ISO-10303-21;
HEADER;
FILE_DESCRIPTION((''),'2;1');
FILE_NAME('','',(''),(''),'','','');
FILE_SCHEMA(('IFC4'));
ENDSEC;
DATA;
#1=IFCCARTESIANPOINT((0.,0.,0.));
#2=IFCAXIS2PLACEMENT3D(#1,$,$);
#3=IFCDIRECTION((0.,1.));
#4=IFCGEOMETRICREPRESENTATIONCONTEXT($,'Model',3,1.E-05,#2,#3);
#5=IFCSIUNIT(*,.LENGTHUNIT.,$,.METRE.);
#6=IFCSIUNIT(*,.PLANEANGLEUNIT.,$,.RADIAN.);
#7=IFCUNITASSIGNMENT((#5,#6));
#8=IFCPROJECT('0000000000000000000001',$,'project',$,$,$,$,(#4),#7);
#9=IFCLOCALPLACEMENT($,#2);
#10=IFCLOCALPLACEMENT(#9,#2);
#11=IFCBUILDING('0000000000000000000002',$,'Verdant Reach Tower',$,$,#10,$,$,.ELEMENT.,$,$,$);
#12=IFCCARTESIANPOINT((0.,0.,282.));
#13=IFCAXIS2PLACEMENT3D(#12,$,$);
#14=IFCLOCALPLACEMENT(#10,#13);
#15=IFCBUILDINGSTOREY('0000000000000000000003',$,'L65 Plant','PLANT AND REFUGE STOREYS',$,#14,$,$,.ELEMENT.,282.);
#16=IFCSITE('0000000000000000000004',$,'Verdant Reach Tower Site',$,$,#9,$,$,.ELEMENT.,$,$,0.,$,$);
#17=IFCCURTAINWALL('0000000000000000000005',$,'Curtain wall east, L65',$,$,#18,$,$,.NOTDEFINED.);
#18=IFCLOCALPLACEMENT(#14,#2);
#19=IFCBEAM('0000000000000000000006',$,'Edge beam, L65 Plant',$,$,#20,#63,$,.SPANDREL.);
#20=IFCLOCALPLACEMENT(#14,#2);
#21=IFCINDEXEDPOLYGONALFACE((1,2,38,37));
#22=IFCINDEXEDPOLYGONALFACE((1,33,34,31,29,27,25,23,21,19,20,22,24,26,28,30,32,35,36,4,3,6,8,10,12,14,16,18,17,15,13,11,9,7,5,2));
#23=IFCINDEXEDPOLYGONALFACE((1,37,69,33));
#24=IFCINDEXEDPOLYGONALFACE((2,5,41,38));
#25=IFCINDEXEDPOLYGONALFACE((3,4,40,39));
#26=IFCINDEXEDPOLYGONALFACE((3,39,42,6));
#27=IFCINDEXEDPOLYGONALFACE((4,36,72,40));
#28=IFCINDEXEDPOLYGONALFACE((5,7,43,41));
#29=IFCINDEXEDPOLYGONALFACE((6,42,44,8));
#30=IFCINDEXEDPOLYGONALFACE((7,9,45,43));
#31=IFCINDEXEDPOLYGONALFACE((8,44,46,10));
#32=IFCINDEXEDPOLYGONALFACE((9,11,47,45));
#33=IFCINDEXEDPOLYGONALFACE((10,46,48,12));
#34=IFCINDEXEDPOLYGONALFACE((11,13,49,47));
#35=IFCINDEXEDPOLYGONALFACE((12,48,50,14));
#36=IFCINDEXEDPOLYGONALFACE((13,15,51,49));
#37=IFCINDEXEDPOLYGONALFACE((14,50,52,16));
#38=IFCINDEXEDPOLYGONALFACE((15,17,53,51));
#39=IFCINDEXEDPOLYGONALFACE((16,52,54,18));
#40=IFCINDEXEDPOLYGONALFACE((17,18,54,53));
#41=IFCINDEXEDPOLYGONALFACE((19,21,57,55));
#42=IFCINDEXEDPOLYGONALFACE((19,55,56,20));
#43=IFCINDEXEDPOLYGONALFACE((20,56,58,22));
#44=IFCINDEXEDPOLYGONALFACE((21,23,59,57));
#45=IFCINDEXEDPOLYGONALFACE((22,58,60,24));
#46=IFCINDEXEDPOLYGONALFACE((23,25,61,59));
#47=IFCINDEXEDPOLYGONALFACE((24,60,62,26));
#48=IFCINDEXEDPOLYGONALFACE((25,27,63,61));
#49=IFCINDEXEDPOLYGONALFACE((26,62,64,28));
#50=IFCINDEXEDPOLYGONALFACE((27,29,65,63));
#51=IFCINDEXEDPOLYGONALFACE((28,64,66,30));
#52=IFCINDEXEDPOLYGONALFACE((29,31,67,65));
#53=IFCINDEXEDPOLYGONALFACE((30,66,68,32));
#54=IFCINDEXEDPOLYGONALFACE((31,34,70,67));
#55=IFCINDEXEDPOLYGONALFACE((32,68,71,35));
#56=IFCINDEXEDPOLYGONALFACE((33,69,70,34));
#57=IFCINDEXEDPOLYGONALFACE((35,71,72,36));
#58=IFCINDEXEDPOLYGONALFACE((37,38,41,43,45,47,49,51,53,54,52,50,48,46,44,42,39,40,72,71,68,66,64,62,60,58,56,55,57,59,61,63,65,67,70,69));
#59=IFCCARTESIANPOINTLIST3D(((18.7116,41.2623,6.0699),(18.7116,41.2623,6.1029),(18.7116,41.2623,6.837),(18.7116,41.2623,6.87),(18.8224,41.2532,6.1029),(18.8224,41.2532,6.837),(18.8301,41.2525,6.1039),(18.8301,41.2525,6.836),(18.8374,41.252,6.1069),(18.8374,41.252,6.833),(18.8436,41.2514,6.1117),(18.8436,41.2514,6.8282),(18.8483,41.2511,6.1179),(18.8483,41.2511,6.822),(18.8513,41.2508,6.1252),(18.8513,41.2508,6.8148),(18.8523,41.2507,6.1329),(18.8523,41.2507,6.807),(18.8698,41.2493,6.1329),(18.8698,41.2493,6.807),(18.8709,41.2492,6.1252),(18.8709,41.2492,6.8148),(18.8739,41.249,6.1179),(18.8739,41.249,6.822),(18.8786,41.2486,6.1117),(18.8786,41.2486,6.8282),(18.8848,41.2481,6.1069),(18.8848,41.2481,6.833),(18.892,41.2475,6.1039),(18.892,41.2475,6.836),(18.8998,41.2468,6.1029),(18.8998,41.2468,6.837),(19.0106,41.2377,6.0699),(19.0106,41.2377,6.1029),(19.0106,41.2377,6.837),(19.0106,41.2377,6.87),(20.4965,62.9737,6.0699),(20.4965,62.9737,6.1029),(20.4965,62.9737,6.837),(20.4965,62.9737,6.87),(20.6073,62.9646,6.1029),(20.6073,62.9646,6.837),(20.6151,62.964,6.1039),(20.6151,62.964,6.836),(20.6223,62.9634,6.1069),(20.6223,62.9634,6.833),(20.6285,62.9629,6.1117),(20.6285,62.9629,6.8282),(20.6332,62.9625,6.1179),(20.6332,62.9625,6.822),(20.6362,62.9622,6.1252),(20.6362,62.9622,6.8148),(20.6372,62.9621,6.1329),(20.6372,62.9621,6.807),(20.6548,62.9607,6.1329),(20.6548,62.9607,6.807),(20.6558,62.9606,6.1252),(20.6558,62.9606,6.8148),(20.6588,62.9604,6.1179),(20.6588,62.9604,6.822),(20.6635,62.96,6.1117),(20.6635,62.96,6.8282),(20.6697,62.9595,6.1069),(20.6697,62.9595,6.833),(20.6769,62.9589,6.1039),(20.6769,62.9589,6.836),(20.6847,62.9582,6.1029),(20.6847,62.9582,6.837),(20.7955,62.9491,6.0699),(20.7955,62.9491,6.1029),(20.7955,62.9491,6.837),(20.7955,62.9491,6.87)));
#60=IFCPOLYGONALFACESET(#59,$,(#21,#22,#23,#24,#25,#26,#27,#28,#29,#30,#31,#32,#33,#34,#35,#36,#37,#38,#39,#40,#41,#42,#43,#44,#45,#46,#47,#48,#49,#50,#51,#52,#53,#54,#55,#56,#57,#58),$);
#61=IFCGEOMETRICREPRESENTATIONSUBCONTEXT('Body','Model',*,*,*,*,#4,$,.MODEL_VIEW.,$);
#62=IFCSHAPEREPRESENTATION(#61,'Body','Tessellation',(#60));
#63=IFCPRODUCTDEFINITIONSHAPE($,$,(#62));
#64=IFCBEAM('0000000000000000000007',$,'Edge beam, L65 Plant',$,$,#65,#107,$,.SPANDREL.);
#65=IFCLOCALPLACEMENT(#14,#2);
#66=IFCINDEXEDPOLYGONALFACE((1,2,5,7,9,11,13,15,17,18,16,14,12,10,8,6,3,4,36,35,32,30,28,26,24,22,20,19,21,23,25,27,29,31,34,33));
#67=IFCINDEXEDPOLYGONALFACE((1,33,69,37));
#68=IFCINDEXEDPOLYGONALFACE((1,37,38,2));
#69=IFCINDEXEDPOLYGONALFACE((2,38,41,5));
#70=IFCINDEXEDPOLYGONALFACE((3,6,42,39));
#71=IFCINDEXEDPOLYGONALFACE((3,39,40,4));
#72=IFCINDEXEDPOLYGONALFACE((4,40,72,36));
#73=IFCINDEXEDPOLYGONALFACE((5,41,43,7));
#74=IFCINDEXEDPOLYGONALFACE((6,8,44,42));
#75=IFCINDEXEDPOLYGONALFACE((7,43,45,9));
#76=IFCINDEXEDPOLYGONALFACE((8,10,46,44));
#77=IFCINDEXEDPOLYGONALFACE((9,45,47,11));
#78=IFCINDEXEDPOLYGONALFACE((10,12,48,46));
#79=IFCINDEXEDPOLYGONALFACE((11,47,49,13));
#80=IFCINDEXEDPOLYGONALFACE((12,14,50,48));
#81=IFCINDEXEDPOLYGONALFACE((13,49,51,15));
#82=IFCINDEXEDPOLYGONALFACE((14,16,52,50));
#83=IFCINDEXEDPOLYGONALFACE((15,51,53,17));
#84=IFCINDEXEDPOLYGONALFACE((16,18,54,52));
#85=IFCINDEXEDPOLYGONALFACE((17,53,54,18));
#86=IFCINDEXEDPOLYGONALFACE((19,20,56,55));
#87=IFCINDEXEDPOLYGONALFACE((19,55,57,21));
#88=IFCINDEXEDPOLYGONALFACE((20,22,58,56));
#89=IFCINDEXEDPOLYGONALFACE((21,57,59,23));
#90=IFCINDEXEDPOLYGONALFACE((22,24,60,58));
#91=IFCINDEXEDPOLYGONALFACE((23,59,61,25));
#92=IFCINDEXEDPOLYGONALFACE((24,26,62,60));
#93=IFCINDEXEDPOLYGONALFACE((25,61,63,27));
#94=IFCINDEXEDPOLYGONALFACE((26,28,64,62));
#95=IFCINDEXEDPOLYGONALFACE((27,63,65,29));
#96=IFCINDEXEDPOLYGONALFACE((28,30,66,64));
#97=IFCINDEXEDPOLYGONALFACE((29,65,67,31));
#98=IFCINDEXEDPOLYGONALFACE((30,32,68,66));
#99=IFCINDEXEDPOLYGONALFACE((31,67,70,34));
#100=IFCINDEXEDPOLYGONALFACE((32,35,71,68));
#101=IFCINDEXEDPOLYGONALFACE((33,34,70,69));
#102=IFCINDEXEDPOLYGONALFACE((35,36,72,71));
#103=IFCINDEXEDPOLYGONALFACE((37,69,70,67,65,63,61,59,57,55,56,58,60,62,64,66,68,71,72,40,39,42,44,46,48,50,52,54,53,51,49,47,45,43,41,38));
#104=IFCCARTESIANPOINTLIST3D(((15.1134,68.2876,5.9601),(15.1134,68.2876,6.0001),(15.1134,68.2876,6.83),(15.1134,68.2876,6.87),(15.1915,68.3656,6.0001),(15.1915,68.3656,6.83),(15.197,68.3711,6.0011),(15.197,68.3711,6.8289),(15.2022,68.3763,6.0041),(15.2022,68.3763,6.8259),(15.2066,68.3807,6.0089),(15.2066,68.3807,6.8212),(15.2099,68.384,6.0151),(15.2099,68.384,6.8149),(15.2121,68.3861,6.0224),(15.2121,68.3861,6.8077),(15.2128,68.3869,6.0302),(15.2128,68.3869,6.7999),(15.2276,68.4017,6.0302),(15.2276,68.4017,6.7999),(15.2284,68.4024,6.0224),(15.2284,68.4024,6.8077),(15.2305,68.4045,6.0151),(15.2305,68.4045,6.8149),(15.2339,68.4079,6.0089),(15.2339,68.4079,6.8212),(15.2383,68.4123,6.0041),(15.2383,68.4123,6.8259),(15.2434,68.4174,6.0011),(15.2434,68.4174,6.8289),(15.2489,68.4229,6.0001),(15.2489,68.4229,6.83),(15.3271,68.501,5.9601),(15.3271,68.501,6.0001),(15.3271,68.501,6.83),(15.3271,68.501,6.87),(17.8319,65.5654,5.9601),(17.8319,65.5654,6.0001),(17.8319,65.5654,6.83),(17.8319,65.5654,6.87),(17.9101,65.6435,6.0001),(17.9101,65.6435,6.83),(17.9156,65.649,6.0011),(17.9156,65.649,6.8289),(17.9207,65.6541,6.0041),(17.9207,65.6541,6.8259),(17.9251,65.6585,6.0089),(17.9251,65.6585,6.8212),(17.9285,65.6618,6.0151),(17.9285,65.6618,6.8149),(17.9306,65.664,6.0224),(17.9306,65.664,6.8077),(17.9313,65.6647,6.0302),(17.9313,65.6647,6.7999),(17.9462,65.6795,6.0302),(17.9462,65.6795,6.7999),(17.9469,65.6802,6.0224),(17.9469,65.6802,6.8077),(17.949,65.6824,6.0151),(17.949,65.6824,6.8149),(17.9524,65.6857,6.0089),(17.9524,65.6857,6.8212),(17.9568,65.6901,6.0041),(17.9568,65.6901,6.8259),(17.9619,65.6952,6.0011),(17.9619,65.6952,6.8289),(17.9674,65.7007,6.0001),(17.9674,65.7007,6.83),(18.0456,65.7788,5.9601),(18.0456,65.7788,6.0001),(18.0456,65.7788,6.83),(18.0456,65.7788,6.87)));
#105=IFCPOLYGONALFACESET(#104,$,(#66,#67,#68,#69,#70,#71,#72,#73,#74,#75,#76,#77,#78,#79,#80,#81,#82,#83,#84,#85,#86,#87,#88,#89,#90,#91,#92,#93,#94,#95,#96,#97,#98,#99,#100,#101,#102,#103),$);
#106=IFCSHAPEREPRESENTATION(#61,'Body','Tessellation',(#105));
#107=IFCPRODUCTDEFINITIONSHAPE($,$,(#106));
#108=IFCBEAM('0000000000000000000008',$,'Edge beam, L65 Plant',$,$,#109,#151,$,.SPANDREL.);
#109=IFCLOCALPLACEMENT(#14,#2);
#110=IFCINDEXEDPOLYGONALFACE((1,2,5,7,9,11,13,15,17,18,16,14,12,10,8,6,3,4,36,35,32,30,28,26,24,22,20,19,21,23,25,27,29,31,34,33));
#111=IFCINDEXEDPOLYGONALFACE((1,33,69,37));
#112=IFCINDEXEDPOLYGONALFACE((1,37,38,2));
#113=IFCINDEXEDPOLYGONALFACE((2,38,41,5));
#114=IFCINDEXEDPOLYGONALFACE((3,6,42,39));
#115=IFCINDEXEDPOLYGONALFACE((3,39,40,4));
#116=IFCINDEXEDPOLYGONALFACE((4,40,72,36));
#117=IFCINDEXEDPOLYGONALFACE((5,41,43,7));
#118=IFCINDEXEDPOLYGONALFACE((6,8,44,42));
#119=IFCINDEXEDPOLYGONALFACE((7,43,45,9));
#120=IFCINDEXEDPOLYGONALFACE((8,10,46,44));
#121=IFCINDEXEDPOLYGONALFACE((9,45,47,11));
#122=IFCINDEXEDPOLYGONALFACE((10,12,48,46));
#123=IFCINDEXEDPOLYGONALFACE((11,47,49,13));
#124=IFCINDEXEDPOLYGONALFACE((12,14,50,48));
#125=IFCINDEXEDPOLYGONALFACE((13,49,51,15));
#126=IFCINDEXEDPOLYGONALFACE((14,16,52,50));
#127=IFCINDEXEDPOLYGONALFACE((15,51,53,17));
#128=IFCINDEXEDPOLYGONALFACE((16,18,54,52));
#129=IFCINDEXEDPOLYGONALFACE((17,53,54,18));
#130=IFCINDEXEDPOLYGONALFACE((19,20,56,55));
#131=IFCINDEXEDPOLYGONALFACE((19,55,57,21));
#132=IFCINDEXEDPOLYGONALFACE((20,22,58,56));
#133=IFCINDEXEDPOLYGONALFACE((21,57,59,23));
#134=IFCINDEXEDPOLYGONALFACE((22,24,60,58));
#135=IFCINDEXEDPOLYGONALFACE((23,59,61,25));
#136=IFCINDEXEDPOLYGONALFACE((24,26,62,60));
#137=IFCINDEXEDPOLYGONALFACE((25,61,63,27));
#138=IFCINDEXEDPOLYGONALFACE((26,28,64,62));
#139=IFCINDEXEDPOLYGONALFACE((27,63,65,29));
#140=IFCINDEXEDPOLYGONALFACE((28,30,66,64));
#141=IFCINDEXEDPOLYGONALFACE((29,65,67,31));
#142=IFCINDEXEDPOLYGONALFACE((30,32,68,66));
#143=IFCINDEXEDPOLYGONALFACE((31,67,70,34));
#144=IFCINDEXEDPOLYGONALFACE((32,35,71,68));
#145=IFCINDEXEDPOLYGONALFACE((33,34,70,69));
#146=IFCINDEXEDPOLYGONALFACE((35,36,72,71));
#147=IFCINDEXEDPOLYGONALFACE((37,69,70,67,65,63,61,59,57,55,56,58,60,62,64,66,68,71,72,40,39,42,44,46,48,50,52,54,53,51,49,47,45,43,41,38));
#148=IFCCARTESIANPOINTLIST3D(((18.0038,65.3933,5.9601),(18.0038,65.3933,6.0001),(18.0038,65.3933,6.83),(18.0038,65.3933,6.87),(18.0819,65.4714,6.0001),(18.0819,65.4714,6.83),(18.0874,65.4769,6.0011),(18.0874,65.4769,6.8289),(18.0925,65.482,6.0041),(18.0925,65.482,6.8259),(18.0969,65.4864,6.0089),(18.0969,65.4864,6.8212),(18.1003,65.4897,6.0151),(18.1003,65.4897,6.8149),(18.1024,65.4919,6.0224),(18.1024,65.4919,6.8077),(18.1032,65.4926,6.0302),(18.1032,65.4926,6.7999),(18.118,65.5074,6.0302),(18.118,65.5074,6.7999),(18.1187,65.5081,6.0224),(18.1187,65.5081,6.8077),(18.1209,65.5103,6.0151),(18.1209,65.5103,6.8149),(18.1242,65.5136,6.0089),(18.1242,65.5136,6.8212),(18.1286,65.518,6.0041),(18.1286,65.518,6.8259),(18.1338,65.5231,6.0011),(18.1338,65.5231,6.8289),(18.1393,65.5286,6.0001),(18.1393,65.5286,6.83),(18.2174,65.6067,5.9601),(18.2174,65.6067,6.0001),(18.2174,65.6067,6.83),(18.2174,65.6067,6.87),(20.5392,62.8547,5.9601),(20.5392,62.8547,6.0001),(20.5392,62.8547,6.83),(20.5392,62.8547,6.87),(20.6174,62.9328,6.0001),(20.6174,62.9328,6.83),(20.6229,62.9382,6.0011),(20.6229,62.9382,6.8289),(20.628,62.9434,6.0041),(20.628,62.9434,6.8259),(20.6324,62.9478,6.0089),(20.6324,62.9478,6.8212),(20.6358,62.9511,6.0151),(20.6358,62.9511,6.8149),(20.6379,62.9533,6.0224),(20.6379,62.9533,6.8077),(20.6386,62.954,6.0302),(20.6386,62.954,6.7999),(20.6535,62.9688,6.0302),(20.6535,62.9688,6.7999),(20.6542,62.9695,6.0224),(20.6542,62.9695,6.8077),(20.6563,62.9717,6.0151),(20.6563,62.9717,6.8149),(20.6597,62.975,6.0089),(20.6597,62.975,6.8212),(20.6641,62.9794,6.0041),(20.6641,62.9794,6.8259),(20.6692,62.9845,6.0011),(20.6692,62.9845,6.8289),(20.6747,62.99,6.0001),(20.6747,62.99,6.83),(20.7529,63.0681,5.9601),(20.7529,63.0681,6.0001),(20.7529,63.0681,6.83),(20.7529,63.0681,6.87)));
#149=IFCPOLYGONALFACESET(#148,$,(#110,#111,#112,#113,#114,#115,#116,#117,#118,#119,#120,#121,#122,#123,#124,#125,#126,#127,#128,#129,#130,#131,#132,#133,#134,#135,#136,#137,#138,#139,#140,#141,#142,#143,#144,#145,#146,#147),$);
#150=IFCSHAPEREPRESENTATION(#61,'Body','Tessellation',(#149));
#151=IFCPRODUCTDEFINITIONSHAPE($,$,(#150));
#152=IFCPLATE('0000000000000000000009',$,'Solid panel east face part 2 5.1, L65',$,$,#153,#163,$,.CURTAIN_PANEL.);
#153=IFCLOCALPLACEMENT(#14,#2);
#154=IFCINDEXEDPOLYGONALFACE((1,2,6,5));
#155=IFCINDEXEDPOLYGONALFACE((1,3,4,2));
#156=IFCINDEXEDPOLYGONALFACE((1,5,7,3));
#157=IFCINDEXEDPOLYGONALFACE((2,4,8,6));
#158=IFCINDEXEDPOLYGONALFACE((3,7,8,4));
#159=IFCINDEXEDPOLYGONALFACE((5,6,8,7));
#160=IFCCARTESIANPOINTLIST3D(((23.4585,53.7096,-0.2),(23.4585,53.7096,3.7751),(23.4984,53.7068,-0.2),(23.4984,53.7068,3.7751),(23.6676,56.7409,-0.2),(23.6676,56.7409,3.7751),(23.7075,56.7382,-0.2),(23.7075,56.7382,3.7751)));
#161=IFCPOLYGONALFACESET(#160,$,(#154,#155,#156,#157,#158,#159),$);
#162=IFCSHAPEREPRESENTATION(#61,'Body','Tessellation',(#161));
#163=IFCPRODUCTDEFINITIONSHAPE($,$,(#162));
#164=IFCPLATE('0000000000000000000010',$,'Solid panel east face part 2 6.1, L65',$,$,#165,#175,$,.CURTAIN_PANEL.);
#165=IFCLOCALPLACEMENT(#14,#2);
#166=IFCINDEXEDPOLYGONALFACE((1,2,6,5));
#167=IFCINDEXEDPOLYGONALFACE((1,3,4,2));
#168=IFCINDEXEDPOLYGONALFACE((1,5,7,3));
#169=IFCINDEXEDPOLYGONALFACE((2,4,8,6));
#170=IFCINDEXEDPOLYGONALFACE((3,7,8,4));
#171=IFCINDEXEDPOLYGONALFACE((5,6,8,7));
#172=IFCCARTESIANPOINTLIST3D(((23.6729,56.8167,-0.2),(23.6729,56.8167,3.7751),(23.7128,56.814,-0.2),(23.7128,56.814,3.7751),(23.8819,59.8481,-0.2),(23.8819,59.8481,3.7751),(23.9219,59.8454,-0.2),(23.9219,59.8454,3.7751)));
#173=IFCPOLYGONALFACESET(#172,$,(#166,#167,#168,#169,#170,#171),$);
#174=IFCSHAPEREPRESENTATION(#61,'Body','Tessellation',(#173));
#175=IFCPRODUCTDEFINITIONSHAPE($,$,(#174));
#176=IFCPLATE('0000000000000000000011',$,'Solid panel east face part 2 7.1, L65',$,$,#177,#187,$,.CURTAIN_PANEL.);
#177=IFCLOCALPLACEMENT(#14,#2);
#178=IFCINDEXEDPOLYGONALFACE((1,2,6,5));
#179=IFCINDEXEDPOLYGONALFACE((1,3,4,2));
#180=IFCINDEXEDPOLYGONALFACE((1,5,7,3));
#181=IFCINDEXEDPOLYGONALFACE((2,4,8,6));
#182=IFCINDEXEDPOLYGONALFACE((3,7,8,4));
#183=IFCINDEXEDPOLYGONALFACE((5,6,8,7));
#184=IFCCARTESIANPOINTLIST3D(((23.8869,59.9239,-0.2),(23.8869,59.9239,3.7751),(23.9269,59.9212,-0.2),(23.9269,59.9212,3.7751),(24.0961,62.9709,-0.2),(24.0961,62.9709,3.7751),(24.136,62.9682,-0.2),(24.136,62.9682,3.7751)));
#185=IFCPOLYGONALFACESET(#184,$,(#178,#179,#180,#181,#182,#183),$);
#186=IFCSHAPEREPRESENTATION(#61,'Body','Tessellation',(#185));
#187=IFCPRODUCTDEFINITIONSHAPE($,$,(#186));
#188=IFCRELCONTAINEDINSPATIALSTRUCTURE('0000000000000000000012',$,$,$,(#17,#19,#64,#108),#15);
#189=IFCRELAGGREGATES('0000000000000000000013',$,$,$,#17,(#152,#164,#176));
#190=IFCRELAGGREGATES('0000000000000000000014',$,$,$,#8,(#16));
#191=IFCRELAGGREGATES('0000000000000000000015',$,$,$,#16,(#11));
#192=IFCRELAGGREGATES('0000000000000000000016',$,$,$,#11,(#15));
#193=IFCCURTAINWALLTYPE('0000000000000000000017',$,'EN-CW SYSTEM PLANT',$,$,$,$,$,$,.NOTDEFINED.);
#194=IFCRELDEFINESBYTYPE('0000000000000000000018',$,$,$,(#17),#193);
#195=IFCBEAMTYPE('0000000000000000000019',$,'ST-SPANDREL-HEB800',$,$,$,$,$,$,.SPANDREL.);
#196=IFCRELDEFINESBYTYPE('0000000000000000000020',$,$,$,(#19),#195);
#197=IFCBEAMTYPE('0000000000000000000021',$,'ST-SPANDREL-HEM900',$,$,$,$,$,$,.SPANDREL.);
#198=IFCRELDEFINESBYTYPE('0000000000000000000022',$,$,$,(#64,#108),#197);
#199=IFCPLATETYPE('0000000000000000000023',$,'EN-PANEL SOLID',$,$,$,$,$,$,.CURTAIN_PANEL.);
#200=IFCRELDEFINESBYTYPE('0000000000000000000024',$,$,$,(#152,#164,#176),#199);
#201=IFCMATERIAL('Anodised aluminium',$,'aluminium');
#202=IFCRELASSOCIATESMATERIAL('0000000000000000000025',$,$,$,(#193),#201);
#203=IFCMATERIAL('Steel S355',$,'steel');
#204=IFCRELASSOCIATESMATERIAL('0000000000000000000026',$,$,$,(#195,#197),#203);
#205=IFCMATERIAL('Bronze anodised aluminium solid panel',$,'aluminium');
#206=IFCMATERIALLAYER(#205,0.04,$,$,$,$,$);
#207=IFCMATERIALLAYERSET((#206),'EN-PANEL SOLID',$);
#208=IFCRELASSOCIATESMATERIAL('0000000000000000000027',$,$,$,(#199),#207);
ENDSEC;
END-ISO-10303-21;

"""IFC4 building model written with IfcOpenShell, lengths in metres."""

from ifc_helpers import new_model, si_unit, direction, frame, origin, origin_2d, place, context, subcontext, project, spatial, rectangle, i_section, extrude, material, layer, layer_set, material_profile, profile_set, type_object, element, aggregate, save


model = new_model("IFC4")

# Units and contexts
model_context = context("Model", 3, precision=1e-05, world=origin(), true_north=direction((0.0, 1.0)))
body_context = subcontext(model_context, "Body", "Model", "MODEL_VIEW")
ifc_project = project(units=[si_unit("LENGTHUNIT", "METRE"), si_unit("PLANEANGLEUNIT", "RADIAN")], contexts=[model_context])

# Site, building, storey
site_placement = place(None, origin())
site = spatial("IfcSite", under=ifc_project, at=site_placement, Name="Verdant Reach Tower Site", CompositionType="ELEMENT", RefElevation=0.0)
building_placement = place(site_placement, origin())
building = spatial("IfcBuilding", under=site, at=building_placement, Name="Verdant Reach Tower", CompositionType="ELEMENT")
storey_placement = place(building_placement, frame((0.0, 0.0, 282.0)))
storey = spatial("IfcBuildingStorey", under=building, at=storey_placement, Name="L65 Plant", Description="PLANT AND REFUGE STOREYS", CompositionType="ELEMENT", Elevation=282.0)

# Curtain wall
ifc_material_1 = material(Name="Anodised aluminium", Category="aluminium")
curtain_wall_type = type_object("IfcCurtainWallType", Name="EN-CW SYSTEM PLANT", PredefinedType="NOTDEFINED", material=ifc_material_1)
curtain_wall_1_placement = place(storey_placement, origin())
curtain_wall_1 = element("IfcCurtainWall", 1, at=curtain_wall_1_placement, inside=storey, type_object=curtain_wall_type, Name="Curtain wall east, L65", PredefinedType="NOTDEFINED")

# Beams
ifc_material_2 = material(Name="Steel S355", Category="steel")
ifc_material_profile_1 = material_profile(ifc_material_2, i_section(OverallWidth=0.3, OverallDepth=0.8, WebThickness=0.0176, FlangeThickness=0.033, FilletRadius=0.03, at=origin_2d()), Name="HEB 800")
ifc_profile_set_1 = profile_set([ifc_material_profile_1], Name="Steel S355")
beam_type_1 = type_object("IfcBeamType", Name="ST-SPANDREL-HEB800", PredefinedType="SPANDREL", material=ifc_profile_set_1)
beam_1_placement = place(storey_placement, frame((20.646, 62.9614, 6.47), z_axis=(-0.081934, -0.996638, 0.0), x_axis=(0.996638, -0.081934, 0.0)))
element("IfcBeam", 2, at=beam_1_placement, inside=storey, type_object=beam_type_1, Name="Edge beam, L65 Plant", PredefinedType="SPANDREL", context=body_context, shape_type="SweptSolid", body=[
    extrude(i_section(OverallWidth=0.3, OverallDepth=0.8, WebThickness=0.0176, FlangeThickness=0.033, FilletRadius=0.03, at=origin_2d()), origin(), (0.0, 0.0, 1.0), 21.7847),
])
ifc_material_profile_2 = material_profile(ifc_material_2, i_section(OverallWidth=0.302, OverallDepth=0.9099, WebThickness=0.021, FlangeThickness=0.04, FilletRadius=0.03, at=origin_2d()), Name="HEM 900")
ifc_profile_set_2 = profile_set([ifc_material_profile_2], Name="Steel S355")
beam_type_2 = type_object("IfcBeamType", Name="ST-SPANDREL-HEM900", PredefinedType="SPANDREL", material=ifc_profile_set_2)
beam_2_placement = place(storey_placement, frame((15.2202, 68.3943, 6.415), z_axis=(0.706631, -0.707583, 0.0), x_axis=(0.707583, 0.706631, 0.0)))
element("IfcBeam", 3, at=beam_2_placement, inside=storey, type_object=beam_type_2, Name="Edge beam, L65 Plant", PredefinedType="SPANDREL", context=body_context, shape_type="SweptSolid", body=[
    extrude(i_section(OverallWidth=0.302, OverallDepth=0.9099, WebThickness=0.021, FlangeThickness=0.04, FilletRadius=0.03, at=origin_2d()), origin(), (0.0, 0.0, 1.0), 3.8472),
])
beam_3_placement = place(storey_placement, frame((18.1106, 65.5, 6.415), z_axis=(0.706664, -0.707549, 0.0), x_axis=(0.707549, 0.706664, 0.0)))
element("IfcBeam", 4, at=beam_3_placement, inside=storey, type_object=beam_type_2, Name="Edge beam, L65 Plant", PredefinedType="SPANDREL", context=body_context, shape_type="SweptSolid", body=[
    extrude(i_section(OverallWidth=0.302, OverallDepth=0.9099, WebThickness=0.021, FlangeThickness=0.04, FilletRadius=0.03, at=origin_2d()), origin(), (0.0, 0.0, 1.0), 3.5879),
])

# Plates
ifc_material_3 = material(Name="Bronze anodised aluminium solid panel", Category="aluminium")
ifc_layer_1 = layer(ifc_material_3, 0.04)
ifc_layer_set_1 = layer_set([ifc_layer_1], Name="EN-PANEL SOLID")
plate_type_1 = type_object("IfcPlateType", Name="EN-PANEL SOLID", PredefinedType="CURTAIN_PANEL", material=ifc_layer_set_1)
plate_1_placement = place(storey_placement, frame((23.583, 55.2239, -0.2), z_axis=(0.0, 0.0, 1.0), x_axis=(0.068802, 0.99763, 0.0)))
plate_1 = element("IfcPlate", 5, at=plate_1_placement, type_object=plate_type_1, Name="Solid panel east face part 2 5.1, L65", PredefinedType="CURTAIN_PANEL", context=body_context, shape_type="SweptSolid", body=[
    extrude(rectangle(XDim=3.0386, YDim=0.04, at=origin_2d()), origin(), (0.0, 0.0, 1.0), 3.9751),
])
plate_2_placement = place(storey_placement, frame((23.7974, 58.3311, -0.2), z_axis=(0.0, 0.0, 1.0), x_axis=(0.068802, 0.99763, 0.0)))
plate_2 = element("IfcPlate", 6, at=plate_2_placement, type_object=plate_type_1, Name="Solid panel east face part 2 6.1, L65", PredefinedType="CURTAIN_PANEL", context=body_context, shape_type="SweptSolid", body=[
    extrude(rectangle(XDim=3.0386, YDim=0.04, at=origin_2d()), origin(), (0.0, 0.0, 1.0), 3.9751),
])
plate_3_placement = place(storey_placement, frame((24.0115, 61.446, -0.2), z_axis=(0.0, 0.0, 1.0), x_axis=(0.068469, 0.997653, 0.0)))
plate_3 = element("IfcPlate", 7, at=plate_3_placement, type_object=plate_type_1, Name="Solid panel east face part 2 7.1, L65", PredefinedType="CURTAIN_PANEL", context=body_context, shape_type="SweptSolid", body=[
    extrude(rectangle(XDim=3.0542, YDim=0.04, at=origin_2d()), origin(), (0.0, 0.0, 1.0), 3.9751),
])

aggregate(curtain_wall_1, [plate_1, plate_2, plate_3])

save(model, "model.ifc")
